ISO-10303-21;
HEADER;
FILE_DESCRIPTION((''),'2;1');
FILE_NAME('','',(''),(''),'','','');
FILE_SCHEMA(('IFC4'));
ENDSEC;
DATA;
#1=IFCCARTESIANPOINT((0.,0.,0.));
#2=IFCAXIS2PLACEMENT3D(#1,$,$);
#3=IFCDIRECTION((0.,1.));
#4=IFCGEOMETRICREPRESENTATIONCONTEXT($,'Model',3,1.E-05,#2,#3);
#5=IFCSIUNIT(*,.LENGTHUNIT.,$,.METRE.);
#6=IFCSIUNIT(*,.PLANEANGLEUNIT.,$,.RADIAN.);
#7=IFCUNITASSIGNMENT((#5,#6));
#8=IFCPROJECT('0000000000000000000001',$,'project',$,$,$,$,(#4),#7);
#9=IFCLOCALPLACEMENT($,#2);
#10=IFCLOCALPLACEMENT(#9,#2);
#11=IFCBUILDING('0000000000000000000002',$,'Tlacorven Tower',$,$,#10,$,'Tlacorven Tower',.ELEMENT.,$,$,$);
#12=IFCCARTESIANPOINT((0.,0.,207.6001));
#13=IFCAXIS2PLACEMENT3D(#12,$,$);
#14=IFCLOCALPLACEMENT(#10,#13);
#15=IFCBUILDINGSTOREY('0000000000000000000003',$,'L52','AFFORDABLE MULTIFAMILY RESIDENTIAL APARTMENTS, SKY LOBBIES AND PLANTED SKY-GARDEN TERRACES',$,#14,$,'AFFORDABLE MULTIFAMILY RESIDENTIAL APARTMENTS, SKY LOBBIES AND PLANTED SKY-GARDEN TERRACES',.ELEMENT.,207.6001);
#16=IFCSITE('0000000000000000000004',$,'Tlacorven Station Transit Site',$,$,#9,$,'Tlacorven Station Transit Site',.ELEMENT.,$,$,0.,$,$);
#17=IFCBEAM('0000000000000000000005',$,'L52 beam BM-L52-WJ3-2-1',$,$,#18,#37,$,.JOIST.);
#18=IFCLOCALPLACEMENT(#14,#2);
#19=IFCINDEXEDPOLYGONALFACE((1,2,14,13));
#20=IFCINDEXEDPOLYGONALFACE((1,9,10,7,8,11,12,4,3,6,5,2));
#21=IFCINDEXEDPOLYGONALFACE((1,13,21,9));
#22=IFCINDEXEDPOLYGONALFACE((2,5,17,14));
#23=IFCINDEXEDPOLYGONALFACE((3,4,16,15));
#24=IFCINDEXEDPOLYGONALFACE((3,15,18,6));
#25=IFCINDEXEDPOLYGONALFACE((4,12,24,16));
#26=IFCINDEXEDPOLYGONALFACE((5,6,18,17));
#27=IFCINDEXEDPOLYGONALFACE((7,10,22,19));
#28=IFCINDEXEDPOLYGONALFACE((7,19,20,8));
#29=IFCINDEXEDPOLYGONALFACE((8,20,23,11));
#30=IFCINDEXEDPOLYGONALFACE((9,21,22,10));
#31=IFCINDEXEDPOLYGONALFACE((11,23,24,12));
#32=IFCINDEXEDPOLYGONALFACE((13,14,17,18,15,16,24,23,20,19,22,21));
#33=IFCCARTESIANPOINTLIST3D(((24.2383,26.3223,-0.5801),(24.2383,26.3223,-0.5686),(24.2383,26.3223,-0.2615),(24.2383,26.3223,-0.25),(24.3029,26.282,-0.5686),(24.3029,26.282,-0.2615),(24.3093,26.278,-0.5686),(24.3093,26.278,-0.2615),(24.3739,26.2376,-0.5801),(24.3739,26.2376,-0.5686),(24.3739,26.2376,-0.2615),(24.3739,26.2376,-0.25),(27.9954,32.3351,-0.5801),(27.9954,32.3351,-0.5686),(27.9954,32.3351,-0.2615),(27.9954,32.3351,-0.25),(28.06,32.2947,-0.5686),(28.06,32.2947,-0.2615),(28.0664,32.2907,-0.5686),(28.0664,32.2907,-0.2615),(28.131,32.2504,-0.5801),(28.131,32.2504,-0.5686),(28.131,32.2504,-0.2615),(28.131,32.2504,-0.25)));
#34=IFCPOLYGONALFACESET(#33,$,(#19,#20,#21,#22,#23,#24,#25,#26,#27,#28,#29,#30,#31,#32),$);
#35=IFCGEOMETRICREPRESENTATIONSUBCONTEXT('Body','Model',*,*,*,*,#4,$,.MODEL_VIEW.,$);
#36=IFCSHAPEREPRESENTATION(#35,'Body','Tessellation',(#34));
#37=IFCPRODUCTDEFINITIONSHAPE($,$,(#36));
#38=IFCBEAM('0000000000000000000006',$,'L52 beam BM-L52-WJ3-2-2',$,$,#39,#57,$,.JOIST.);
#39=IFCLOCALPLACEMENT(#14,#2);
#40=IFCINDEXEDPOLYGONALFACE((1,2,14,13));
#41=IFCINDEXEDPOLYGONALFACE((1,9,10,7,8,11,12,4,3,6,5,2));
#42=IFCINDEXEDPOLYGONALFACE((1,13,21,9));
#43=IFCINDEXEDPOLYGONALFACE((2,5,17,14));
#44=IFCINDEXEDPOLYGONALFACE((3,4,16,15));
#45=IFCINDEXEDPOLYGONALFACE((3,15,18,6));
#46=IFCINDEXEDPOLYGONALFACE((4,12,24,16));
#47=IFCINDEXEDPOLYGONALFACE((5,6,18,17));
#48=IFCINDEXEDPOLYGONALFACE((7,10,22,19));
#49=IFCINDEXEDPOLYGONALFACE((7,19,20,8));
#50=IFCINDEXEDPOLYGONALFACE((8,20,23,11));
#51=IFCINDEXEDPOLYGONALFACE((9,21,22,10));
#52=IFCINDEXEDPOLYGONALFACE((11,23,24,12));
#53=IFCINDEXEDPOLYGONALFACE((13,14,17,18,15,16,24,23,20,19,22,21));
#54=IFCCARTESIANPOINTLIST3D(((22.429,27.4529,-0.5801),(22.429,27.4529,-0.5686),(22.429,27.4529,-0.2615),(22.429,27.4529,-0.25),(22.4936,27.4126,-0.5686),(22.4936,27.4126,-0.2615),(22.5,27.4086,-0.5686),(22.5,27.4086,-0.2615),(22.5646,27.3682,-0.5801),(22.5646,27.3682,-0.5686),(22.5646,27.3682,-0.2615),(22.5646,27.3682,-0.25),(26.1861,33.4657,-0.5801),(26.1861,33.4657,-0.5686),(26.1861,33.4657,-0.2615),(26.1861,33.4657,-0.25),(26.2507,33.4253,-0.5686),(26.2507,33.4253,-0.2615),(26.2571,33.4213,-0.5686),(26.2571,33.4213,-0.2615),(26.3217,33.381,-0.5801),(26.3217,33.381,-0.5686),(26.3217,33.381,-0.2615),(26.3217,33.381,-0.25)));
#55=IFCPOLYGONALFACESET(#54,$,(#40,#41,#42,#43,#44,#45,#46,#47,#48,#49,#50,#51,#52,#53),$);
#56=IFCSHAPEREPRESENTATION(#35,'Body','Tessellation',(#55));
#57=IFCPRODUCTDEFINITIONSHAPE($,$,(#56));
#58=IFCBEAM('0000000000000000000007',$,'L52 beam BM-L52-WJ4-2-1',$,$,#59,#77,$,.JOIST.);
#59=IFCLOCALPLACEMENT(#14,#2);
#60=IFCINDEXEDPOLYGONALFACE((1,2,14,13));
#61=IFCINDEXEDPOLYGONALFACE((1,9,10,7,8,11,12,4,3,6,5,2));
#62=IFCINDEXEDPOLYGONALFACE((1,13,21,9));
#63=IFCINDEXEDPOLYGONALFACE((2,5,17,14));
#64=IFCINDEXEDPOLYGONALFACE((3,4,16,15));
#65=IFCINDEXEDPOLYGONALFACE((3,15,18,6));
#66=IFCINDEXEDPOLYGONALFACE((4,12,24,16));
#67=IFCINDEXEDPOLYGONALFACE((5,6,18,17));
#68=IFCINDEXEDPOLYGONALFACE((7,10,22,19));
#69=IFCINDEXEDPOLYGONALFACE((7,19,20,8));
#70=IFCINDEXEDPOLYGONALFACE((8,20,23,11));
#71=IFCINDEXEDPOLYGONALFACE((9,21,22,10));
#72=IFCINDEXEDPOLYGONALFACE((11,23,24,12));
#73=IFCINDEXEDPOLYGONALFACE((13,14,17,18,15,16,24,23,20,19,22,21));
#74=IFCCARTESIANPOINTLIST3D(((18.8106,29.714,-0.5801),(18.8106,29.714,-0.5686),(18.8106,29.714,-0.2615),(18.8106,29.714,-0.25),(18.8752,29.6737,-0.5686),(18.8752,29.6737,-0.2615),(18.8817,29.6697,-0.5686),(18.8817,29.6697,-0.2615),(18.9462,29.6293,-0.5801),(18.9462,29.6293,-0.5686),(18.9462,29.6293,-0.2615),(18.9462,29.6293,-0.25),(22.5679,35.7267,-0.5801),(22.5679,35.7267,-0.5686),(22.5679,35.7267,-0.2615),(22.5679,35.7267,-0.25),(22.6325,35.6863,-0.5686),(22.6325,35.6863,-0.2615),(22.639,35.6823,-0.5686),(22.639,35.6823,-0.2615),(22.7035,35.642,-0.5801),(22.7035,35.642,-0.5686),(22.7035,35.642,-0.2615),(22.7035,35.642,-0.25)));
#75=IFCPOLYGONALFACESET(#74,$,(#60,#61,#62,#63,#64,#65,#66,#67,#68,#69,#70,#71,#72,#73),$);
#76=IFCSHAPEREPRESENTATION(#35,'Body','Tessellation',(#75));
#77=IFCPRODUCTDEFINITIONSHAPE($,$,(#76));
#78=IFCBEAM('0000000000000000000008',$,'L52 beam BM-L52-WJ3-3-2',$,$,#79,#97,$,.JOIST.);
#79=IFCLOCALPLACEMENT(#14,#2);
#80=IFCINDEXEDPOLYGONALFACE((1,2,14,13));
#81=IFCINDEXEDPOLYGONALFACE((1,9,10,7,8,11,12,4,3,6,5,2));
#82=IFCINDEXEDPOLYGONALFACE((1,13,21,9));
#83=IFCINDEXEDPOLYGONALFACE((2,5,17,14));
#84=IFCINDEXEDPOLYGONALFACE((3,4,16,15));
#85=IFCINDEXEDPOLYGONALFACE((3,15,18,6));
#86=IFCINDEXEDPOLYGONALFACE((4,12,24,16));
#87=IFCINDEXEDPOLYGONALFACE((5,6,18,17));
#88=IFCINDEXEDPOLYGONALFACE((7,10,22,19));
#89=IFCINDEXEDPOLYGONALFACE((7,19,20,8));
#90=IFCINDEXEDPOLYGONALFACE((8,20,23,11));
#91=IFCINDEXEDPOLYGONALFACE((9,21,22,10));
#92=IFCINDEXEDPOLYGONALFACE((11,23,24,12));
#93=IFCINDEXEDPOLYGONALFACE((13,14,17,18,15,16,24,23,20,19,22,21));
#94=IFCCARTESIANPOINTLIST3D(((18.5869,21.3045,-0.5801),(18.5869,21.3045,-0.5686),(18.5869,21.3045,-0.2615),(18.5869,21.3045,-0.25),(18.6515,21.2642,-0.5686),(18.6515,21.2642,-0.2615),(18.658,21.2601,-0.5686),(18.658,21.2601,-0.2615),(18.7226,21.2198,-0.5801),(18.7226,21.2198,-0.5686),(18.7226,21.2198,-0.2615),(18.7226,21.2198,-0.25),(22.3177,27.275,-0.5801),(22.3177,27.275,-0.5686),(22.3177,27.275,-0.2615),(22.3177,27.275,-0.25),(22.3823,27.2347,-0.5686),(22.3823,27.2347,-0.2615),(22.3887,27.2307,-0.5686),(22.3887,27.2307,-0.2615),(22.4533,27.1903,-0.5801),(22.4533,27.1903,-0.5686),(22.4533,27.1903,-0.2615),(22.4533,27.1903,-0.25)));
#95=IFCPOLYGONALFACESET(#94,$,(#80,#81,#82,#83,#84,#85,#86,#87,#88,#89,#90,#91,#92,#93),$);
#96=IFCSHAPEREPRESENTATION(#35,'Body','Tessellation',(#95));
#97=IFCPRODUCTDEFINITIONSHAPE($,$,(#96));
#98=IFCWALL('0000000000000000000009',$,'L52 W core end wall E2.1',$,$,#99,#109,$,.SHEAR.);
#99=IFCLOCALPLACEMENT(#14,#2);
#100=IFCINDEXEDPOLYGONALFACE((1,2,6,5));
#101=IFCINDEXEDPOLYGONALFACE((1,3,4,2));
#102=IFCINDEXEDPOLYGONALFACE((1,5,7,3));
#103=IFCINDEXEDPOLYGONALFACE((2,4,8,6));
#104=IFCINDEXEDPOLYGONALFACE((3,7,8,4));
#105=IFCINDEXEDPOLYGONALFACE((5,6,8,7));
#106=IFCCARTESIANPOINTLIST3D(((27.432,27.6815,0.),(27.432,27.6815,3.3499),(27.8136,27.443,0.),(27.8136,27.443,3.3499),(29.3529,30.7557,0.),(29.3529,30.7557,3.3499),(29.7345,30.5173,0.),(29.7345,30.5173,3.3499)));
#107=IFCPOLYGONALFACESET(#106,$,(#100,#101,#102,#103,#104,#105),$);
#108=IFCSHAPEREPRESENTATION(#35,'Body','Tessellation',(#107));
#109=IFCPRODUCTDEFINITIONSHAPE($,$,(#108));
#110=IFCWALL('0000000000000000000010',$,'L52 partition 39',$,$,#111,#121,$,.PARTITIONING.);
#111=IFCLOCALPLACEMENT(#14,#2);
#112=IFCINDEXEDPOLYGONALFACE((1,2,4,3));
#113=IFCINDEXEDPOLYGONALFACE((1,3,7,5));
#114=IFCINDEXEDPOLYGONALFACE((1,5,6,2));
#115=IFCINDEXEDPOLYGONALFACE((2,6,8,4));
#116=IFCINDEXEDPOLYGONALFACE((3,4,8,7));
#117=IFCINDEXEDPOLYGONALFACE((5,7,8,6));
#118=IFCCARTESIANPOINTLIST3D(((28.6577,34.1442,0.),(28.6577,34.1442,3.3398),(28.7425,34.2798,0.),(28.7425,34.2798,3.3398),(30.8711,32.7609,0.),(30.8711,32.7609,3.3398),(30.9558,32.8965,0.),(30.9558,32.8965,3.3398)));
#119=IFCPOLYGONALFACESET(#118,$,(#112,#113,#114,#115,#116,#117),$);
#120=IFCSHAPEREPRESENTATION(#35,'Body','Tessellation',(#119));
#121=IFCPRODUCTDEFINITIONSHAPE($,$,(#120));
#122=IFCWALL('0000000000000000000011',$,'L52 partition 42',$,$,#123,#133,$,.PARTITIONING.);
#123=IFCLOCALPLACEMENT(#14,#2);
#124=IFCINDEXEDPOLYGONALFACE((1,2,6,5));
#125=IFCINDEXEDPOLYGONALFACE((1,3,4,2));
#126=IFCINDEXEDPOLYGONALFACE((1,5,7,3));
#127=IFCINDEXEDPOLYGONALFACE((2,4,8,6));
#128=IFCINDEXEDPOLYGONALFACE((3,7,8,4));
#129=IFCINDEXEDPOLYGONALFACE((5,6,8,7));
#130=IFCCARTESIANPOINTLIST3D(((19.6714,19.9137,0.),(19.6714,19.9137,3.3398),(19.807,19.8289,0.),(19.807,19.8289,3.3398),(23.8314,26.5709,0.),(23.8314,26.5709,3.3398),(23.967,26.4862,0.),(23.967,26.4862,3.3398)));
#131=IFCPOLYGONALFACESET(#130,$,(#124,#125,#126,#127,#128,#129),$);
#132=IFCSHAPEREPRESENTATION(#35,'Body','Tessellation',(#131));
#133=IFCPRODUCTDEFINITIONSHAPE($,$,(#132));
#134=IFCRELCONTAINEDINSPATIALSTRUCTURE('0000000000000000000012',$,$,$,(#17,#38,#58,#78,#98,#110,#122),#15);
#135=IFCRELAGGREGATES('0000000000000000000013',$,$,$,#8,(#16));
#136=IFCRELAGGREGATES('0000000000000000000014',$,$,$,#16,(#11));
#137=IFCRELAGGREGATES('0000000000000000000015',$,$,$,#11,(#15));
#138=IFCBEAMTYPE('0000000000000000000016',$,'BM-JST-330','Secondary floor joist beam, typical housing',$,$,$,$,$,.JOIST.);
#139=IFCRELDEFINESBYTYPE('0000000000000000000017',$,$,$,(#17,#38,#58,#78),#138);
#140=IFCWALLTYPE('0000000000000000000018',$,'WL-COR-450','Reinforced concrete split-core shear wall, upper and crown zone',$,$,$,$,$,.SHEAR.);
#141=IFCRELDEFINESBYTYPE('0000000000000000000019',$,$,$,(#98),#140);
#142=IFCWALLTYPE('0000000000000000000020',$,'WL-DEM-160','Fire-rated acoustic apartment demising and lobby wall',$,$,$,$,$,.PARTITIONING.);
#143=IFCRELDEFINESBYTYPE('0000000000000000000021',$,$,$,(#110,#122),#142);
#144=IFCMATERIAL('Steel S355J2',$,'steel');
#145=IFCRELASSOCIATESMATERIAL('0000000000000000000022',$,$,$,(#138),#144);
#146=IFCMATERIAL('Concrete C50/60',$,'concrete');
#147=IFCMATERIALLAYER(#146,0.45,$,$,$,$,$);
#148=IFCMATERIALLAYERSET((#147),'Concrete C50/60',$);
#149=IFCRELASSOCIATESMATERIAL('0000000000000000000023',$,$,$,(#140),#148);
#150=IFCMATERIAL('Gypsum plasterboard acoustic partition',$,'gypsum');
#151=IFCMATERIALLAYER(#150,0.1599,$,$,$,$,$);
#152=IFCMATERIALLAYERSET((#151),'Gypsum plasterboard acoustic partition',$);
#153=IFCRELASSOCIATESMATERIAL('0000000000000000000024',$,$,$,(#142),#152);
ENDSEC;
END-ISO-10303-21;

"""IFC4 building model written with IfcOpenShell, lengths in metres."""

from ifc_helpers import new_model, si_unit, direction, frame, frame_2d, origin, origin_2d, place, context, subcontext, project, spatial, rectangle, i_section, extrude, source, transform, mapped, material, layer, layer_set, material_profile, profile_set, type_object, element, save


model = new_model("IFC4")

# Units and contexts
model_context = context("Model", 3, precision=1e-05, world=origin(), true_north=direction((0.0, 1.0)))
body_context = subcontext(model_context, "Body", "Model", "MODEL_VIEW")
ifc_project = project(units=[si_unit("LENGTHUNIT", "METRE"), si_unit("PLANEANGLEUNIT", "RADIAN")], contexts=[model_context])

# Site, building, storey
site_placement = place(None, origin())
site = spatial("IfcSite", under=ifc_project, at=site_placement, Name="Tlacorven Station Transit Site", LongName="Tlacorven Station Transit Site", CompositionType="ELEMENT", RefElevation=0.0)
building_placement = place(site_placement, origin())
building = spatial("IfcBuilding", under=site, at=building_placement, Name="Tlacorven Tower", LongName="Tlacorven Tower", CompositionType="ELEMENT")
storey_placement = place(building_placement, frame((0.0, 0.0, 207.6001)))
storey = spatial("IfcBuildingStorey", under=building, at=storey_placement, Name="L52", Description="AFFORDABLE MULTIFAMILY RESIDENTIAL APARTMENTS, SKY LOBBIES AND PLANTED SKY-GARDEN TERRACES", LongName="AFFORDABLE MULTIFAMILY RESIDENTIAL APARTMENTS, SKY LOBBIES AND PLANTED SKY-GARDEN TERRACES", CompositionType="ELEMENT", Elevation=207.6001)

# Beams
ifc_material_1 = material(Name="Steel S355J2", Category="steel")
ifc_material_profile_1 = material_profile(ifc_material_1, i_section(OverallWidth=0.1599, OverallDepth=0.3301, WebThickness=0.0076, FlangeThickness=0.0115, at=origin_2d()), Name="IPE 330")
ifc_profile_set_1 = profile_set([ifc_material_profile_1], Name="Steel S355J2")
beam_type_1 = type_object("IfcBeamType", Name="BM-JST-330", Description="Secondary floor joist beam, typical housing", PredefinedType="JOIST", material=ifc_profile_set_1)
shared_shape_1 = source(origin(), body_context, "Body", "SweptSolid", [
    extrude(i_section(OverallWidth=0.1599, OverallDepth=0.3301, WebThickness=0.0076, FlangeThickness=0.0115, at=origin_2d()), origin(), (0.0, 0.0, 1.0), 7.0901),
])
for number, where, z_axis, x_axis, name in (
    (1, (28.0632, 32.2927, -0.415), (-0.529912, -0.848052, 0.0), (0.848052, -0.529912, 0.0), "L52 beam BM-L52-WJ3-2-1"),
    (2, (26.2539, 33.4233, -0.415), (-0.529912, -0.848052, 0.0), (0.848052, -0.529912, 0.0), "L52 beam BM-L52-WJ3-2-2"),
    (3, (22.6357, 35.6843, -0.415), (-0.529937, -0.848037, 0.0), (0.848037, -0.529937, 0.0), "L52 beam BM-L52-WJ4-2-1"),
):
    element("IfcBeam", number, at=place(storey_placement, frame(where, z_axis=z_axis, x_axis=x_axis)), inside=storey, type_object=beam_type_1, Name=name, PredefinedType="JOIST", context=body_context, shape_type="MappedRepresentation", body=[
        mapped(shared_shape_1, transform((0.0, 0.0, 0.0), scale=1.0)),
    ])
shared_shape_2 = source(origin(), body_context, "Body", "SweptSolid", [
    extrude(i_section(OverallWidth=0.1599, OverallDepth=0.3301, WebThickness=0.0076, FlangeThickness=0.0115, at=origin_2d()), origin(), (0.0, 0.0, 1.0), 7.0403),
])
beam_1_placement = place(storey_placement, frame((22.3855, 27.2327, -0.415), z_axis=(-0.529915, -0.848051, 0.0), x_axis=(0.848051, -0.529915, 0.0)))
element("IfcBeam", 4, at=beam_1_placement, inside=storey, type_object=beam_type_1, Name="L52 beam BM-L52-WJ3-3-2", PredefinedType="JOIST", context=body_context, shape_type="MappedRepresentation", body=[
    mapped(shared_shape_2, transform((0.0, 0.0, 0.0), scale=1.0)),
])

# Walls
ifc_material_2 = material(Name="Concrete C50/60", Category="concrete")
ifc_layer_1 = layer(ifc_material_2, 0.45)
ifc_layer_set_1 = layer_set([ifc_layer_1], Name="Concrete C50/60")
wall_type_1 = type_object("IfcWallType", Name="WL-COR-450", Description="Reinforced concrete split-core shear wall, upper and crown zone", PredefinedType="SHEAR", material=ifc_layer_set_1)
wall_1_placement = place(storey_placement, frame((29.5437, 30.6365, 0.0), z_axis=(0.0, 0.0, 1.0), x_axis=(-0.529902, -0.848059, 0.0)))
element("IfcWall", 5, at=wall_1_placement, inside=storey, type_object=wall_type_1, Name="L52 W core end wall E2.1", PredefinedType="SHEAR", context=body_context, shape_type="SweptSolid", body=[
    extrude(rectangle(XDim=3.625, YDim=0.45, at=frame_2d((1.8125, 0.0))), origin(), (0.0, 0.0, 1.0), 3.3499),
])
ifc_material_3 = material(Name="Gypsum plasterboard acoustic partition", Category="gypsum")
ifc_layer_2 = layer(ifc_material_3, 0.1599)
ifc_layer_set_2 = layer_set([ifc_layer_2], Name="Gypsum plasterboard acoustic partition")
wall_type_2 = type_object("IfcWallType", Name="WL-DEM-160", Description="Fire-rated acoustic apartment demising and lobby wall", PredefinedType="PARTITIONING", material=ifc_layer_set_2)
wall_2_placement = place(storey_placement, frame((30.9136, 32.8286, 0.0), z_axis=(0.0, 0.0, 1.0), x_axis=(-0.848009, 0.529982, 0.0)))
element("IfcWall", 6, at=wall_2_placement, inside=storey, type_object=wall_type_2, Name="L52 partition 39", PredefinedType="PARTITIONING", context=body_context, shape_type="SweptSolid", body=[
    extrude(rectangle(XDim=2.6101, YDim=0.1599, at=frame_2d((1.3052, 0.0))), origin(), (0.0, 0.0, 1.0), 3.3398),
])
wall_3_placement = place(storey_placement, frame((23.8992, 26.5286, 0.0), z_axis=(0.0, 0.0, 1.0), x_axis=(-0.529921, -0.848047, 0.0)))
element("IfcWall", 7, at=wall_3_placement, inside=storey, type_object=wall_type_2, Name="L52 partition 42", PredefinedType="PARTITIONING", context=body_context, shape_type="SweptSolid", body=[
    extrude(rectangle(XDim=7.8501, YDim=0.1599, at=frame_2d((3.925, 0.0))), origin(), (0.0, 0.0, 1.0), 3.3398),
])

save(model, "model.ifc")
